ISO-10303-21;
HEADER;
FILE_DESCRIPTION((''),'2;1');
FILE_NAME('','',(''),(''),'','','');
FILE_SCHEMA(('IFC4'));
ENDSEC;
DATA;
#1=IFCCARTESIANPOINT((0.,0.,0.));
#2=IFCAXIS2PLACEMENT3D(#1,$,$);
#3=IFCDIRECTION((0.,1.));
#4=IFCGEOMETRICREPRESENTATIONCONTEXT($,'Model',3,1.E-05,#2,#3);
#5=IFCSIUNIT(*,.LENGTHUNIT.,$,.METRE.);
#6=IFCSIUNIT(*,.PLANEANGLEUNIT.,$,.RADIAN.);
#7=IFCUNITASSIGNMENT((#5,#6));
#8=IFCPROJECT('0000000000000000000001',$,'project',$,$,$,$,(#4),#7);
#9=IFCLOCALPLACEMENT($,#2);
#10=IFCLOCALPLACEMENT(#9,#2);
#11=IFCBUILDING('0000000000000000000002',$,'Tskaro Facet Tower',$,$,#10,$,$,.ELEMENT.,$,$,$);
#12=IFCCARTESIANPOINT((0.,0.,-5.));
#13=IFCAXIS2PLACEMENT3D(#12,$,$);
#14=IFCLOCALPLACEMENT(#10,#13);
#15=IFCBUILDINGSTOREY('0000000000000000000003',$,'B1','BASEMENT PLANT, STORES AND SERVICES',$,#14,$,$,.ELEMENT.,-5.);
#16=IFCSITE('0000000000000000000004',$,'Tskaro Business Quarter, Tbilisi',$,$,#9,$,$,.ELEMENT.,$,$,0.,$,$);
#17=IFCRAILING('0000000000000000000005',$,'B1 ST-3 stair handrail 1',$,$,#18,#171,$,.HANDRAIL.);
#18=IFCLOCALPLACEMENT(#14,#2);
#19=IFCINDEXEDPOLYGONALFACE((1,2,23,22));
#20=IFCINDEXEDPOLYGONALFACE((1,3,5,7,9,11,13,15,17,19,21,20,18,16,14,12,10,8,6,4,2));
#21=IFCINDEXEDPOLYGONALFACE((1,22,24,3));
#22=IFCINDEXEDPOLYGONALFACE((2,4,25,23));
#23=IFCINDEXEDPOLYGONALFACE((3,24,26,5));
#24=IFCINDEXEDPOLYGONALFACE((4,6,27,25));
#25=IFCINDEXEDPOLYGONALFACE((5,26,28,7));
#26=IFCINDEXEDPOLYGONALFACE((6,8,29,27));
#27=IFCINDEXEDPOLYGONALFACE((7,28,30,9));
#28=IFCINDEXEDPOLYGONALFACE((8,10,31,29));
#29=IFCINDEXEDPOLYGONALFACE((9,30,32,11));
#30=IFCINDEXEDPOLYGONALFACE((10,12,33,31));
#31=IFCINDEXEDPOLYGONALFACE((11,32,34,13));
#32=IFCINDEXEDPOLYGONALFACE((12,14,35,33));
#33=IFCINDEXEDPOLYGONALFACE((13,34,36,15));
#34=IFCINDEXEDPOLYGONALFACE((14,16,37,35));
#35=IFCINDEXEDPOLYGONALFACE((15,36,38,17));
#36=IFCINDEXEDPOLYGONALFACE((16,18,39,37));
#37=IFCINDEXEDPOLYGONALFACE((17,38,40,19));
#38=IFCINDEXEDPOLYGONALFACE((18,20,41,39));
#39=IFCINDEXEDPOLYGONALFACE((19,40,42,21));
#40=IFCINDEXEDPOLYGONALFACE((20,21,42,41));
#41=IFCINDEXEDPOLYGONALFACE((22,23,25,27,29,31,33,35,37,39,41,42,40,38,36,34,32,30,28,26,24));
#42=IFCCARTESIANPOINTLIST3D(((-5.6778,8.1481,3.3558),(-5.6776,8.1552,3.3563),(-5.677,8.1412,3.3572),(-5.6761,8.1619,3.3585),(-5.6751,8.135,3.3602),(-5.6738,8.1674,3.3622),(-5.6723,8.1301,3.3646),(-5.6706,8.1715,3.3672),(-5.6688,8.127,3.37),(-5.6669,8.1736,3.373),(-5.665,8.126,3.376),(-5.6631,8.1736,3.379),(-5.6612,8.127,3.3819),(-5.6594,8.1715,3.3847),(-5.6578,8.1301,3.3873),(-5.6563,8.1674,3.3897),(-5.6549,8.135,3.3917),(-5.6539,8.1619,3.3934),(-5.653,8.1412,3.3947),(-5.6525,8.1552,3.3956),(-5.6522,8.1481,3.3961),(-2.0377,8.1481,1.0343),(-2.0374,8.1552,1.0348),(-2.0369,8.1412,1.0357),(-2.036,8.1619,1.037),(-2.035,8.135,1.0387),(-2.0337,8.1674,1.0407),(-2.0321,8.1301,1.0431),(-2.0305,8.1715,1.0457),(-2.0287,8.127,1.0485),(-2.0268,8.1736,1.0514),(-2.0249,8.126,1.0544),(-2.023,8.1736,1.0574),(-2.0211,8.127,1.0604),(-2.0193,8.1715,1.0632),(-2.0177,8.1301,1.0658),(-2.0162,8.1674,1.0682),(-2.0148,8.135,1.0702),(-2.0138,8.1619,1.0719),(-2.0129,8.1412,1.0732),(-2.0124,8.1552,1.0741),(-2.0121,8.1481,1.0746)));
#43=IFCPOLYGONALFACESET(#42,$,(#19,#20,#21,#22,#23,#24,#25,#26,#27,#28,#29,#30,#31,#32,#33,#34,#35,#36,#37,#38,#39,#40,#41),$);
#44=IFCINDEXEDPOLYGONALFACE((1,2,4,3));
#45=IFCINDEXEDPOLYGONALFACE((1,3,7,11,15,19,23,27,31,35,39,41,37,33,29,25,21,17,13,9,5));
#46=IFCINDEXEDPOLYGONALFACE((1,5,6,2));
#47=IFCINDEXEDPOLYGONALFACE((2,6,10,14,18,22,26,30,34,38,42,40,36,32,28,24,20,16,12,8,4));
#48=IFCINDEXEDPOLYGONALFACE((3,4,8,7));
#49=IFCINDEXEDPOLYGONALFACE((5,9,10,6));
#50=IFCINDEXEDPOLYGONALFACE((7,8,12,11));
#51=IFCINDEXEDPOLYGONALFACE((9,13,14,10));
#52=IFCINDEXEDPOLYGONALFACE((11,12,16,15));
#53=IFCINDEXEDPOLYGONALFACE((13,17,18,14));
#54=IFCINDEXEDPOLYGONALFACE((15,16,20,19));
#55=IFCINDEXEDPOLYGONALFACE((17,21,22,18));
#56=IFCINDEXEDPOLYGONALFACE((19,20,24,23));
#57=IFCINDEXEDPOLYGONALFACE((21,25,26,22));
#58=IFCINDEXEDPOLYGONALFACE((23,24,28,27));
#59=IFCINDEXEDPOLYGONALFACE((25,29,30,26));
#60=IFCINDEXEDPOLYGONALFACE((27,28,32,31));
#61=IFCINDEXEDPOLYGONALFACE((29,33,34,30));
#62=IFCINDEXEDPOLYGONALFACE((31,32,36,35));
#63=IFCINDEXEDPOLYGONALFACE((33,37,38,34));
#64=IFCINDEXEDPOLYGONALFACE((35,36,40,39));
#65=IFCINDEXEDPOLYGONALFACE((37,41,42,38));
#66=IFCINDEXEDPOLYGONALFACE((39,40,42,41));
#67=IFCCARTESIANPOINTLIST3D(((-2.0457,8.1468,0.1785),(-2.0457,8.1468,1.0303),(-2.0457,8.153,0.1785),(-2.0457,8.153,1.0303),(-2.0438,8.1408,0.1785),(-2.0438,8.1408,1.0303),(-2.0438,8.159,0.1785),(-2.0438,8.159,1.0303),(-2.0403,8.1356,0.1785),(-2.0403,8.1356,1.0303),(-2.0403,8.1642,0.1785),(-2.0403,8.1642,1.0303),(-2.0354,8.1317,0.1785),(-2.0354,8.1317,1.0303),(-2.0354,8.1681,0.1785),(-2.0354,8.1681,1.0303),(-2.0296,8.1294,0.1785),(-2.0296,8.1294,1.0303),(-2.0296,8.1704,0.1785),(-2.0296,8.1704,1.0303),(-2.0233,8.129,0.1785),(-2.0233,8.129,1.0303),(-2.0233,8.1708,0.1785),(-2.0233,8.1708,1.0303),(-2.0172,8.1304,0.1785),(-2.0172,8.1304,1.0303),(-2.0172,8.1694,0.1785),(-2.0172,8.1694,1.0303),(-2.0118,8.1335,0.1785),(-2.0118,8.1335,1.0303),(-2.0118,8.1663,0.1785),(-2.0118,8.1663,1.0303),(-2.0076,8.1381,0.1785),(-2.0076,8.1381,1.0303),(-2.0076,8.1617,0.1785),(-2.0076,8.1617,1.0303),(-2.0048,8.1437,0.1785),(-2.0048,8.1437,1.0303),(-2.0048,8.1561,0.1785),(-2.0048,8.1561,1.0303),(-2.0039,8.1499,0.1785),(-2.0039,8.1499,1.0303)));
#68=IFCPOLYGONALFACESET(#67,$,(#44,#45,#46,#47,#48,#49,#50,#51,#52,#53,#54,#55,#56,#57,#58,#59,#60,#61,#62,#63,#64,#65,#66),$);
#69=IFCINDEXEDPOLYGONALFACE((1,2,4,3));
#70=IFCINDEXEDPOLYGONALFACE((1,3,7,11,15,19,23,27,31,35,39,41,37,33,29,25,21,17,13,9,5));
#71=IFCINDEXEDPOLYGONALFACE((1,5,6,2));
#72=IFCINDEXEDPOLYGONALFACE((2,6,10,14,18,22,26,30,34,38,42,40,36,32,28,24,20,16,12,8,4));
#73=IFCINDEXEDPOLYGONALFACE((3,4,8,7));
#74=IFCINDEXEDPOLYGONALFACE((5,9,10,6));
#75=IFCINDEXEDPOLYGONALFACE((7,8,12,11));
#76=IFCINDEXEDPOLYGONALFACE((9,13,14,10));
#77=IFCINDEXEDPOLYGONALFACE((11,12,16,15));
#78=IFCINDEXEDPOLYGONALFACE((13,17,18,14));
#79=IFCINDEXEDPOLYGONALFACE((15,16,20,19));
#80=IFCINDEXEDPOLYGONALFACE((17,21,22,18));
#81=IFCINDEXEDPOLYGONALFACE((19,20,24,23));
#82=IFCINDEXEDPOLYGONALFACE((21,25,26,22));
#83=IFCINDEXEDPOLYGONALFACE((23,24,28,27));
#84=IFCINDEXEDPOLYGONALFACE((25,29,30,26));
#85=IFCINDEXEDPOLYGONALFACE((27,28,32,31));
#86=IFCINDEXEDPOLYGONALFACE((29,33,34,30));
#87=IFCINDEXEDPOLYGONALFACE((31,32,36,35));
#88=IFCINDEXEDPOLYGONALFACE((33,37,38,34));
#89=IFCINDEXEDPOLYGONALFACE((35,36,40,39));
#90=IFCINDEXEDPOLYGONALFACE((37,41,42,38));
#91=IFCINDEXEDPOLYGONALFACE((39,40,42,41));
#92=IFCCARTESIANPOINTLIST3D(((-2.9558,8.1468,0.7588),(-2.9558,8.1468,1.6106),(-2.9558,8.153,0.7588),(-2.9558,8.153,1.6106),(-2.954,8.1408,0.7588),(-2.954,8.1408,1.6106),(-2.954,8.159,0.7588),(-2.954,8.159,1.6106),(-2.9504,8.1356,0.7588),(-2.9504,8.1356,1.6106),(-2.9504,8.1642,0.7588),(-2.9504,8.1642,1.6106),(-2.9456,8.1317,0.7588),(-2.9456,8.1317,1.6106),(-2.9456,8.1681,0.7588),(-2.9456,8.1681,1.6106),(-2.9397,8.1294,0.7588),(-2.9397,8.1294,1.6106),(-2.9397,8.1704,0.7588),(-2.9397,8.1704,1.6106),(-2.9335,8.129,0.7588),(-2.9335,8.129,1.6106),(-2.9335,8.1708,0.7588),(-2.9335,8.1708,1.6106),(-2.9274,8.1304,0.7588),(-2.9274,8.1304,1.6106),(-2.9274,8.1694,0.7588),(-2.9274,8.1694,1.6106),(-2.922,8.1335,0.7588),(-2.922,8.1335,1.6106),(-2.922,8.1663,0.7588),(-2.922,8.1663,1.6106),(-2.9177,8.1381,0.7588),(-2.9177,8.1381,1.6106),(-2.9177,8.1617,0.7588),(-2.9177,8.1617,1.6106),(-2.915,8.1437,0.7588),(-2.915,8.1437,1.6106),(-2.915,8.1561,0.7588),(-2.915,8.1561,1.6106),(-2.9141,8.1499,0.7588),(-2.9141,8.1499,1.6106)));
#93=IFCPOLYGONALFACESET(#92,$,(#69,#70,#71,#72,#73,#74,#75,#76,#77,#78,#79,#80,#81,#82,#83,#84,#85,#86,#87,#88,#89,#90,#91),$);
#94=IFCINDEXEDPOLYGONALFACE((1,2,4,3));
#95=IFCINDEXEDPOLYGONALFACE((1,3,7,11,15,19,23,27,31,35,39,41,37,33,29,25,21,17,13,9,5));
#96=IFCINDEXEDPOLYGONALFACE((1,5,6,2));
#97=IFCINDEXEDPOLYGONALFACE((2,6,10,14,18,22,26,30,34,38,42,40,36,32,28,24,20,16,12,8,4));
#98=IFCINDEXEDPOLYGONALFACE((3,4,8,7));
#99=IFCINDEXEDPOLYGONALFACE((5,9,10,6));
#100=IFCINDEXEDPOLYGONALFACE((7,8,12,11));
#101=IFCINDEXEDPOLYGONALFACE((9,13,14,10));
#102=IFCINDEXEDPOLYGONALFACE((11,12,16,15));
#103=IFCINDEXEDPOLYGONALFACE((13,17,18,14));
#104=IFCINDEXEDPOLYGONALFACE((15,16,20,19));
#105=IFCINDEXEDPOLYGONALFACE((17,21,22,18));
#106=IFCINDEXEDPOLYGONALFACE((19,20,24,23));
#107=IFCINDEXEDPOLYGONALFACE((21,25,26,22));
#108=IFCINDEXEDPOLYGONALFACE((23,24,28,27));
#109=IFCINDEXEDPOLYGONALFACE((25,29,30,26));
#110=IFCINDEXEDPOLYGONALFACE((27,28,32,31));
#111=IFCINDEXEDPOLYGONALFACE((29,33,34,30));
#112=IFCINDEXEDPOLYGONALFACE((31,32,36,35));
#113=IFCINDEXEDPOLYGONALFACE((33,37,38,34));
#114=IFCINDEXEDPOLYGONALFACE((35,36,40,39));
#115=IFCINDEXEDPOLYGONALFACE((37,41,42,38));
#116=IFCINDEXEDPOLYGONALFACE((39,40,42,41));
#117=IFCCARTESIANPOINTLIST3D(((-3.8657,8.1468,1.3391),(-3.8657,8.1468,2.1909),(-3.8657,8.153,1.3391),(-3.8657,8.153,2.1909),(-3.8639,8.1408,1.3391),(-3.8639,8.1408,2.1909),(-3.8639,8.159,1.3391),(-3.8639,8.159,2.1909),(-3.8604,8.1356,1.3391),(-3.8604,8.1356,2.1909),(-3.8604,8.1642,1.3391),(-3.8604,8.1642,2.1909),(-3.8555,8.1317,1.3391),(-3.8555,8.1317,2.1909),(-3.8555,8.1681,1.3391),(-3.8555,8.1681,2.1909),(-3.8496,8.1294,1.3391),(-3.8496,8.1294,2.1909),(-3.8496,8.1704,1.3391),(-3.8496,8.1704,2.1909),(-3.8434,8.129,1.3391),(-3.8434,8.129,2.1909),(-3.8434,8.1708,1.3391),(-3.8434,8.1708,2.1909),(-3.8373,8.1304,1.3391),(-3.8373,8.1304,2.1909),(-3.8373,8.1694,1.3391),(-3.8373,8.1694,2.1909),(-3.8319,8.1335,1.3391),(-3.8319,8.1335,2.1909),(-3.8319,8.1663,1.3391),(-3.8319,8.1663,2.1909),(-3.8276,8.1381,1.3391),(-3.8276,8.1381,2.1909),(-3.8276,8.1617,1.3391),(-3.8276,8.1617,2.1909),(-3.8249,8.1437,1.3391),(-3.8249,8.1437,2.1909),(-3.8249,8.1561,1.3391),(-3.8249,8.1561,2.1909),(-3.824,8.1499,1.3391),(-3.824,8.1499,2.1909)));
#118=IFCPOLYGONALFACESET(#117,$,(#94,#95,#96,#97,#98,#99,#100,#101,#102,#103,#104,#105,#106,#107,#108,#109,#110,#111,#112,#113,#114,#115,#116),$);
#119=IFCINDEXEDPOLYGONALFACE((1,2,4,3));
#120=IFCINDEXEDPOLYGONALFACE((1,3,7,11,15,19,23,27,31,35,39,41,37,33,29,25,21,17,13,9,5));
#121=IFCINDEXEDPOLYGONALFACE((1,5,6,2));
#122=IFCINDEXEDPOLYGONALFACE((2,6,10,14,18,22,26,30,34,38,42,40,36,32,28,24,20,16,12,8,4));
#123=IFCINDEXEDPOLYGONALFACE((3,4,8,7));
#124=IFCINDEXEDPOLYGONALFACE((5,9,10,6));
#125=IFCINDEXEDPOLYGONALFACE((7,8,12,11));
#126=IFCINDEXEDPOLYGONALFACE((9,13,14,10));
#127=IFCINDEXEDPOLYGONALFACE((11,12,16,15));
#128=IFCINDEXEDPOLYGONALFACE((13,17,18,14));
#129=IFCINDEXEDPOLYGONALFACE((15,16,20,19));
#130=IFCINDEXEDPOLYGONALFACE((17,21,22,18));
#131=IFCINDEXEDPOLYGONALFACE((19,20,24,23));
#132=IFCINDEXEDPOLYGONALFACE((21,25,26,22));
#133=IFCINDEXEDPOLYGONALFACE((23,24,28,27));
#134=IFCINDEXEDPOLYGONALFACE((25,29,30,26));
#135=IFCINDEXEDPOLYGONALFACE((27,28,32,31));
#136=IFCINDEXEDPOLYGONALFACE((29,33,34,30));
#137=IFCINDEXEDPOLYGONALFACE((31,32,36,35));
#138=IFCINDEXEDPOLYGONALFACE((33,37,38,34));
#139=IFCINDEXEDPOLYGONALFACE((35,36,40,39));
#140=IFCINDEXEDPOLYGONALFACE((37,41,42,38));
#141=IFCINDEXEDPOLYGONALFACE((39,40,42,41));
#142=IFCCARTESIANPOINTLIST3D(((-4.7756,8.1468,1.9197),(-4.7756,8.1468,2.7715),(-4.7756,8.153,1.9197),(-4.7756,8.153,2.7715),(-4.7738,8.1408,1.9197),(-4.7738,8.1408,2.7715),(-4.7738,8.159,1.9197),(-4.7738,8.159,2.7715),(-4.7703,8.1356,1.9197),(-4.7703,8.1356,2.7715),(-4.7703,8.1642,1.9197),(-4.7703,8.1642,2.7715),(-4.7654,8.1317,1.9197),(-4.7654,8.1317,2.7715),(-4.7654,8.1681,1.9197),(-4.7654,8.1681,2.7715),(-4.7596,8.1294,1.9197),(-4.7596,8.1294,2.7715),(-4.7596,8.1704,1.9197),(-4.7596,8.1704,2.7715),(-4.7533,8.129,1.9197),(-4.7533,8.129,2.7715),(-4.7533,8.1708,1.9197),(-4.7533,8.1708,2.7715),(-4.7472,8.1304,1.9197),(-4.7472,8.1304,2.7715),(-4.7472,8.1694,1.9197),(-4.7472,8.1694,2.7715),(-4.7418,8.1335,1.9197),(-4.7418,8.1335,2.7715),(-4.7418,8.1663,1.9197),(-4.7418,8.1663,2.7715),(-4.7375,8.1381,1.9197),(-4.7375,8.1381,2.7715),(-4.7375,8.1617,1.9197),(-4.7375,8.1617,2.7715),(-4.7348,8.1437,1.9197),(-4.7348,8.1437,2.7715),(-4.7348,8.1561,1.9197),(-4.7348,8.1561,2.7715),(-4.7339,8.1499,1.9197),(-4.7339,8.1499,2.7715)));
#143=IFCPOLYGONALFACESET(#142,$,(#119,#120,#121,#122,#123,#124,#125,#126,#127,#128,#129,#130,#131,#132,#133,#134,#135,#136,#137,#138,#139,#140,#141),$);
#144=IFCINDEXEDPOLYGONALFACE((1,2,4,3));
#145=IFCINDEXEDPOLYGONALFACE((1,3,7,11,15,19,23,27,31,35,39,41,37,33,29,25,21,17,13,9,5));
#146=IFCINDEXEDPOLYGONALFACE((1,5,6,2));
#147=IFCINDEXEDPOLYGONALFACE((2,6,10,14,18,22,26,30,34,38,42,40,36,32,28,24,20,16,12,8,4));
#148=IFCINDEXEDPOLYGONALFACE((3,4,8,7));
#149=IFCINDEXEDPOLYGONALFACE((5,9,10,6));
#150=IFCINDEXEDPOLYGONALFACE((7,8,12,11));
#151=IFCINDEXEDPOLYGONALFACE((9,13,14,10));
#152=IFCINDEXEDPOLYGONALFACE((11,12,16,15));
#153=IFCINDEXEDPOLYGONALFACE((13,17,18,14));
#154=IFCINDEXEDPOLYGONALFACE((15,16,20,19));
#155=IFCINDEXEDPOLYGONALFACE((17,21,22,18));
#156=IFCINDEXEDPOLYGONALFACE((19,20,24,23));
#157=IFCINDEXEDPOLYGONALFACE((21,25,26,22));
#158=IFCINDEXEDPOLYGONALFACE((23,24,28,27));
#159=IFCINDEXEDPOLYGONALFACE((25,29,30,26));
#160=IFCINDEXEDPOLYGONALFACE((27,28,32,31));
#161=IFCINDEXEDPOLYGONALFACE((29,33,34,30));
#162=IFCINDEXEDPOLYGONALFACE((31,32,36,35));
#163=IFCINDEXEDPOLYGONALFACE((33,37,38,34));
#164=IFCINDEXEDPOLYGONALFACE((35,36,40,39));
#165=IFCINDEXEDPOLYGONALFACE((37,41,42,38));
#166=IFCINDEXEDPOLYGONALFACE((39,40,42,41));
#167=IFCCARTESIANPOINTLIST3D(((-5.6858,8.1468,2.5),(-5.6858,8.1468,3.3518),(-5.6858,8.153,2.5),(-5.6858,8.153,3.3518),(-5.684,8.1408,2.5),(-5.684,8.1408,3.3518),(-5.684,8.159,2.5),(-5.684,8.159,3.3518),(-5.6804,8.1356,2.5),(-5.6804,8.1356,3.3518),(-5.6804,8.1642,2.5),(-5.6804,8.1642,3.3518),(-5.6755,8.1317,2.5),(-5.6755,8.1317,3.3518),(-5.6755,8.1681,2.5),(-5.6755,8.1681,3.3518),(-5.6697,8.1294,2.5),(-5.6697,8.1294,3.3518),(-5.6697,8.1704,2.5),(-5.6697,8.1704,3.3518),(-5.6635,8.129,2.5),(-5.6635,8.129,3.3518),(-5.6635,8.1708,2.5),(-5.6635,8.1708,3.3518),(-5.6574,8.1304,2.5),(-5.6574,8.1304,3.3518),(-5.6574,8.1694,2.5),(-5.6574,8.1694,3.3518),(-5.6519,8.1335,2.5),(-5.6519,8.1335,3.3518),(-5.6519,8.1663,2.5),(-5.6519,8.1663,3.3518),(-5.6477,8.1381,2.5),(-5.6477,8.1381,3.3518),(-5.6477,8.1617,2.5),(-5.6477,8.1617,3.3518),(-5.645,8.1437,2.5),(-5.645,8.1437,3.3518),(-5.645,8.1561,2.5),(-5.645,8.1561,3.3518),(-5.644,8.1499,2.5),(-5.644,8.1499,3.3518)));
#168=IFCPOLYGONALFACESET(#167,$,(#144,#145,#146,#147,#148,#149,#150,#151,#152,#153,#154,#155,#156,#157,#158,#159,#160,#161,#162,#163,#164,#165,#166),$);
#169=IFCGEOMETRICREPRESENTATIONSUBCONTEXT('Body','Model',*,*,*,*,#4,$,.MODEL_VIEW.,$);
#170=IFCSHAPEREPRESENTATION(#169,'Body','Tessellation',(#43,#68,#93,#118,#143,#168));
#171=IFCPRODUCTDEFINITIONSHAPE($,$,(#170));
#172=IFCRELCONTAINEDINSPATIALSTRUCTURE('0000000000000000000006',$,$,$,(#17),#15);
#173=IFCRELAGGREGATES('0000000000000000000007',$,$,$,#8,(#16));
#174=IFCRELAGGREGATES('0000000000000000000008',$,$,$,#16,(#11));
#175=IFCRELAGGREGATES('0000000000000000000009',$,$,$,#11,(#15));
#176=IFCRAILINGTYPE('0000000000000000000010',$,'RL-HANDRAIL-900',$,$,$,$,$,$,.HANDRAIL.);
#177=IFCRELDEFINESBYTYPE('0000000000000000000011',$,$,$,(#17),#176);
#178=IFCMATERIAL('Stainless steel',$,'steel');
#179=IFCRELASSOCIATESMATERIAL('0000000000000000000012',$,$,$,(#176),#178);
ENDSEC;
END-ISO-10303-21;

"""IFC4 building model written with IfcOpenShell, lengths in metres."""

from ifc_helpers import new_model, si_unit, direction, frame, origin, origin_2d, place, context, subcontext, project, spatial, circle, extrude, material, type_object, element, save


model = new_model("IFC4")

# Units and contexts
model_context = context("Model", 3, precision=1e-05, world=origin(), true_north=direction((0.0, 1.0)))
body_context = subcontext(model_context, "Body", "Model", "MODEL_VIEW")
ifc_project = project(units=[si_unit("LENGTHUNIT", "METRE"), si_unit("PLANEANGLEUNIT", "RADIAN")], contexts=[model_context])

# Site, building, storey
site_placement = place(None, origin())
site = spatial("IfcSite", under=ifc_project, at=site_placement, Name="Tskaro Business Quarter, Tbilisi", CompositionType="ELEMENT", RefElevation=0.0)
building_placement = place(site_placement, origin())
building = spatial("IfcBuilding", under=site, at=building_placement, Name="Tskaro Facet Tower", CompositionType="ELEMENT")
storey_placement = place(building_placement, frame((0.0, 0.0, -5.0)))
storey = spatial("IfcBuildingStorey", under=building, at=storey_placement, Name="B1", Description="BASEMENT PLANT, STORES AND SERVICES", CompositionType="ELEMENT", Elevation=-5.0)

# Railing
ifc_material_1 = material(Name="Stainless steel", Category="steel")
railing_type_1 = type_object("IfcRailingType", Name="RL-HANDRAIL-900", PredefinedType="HANDRAIL", material=ifc_material_1)
railing_1_placement = place(storey_placement, frame((-2.0249, 8.1499, 0.1785)))
element("IfcRailing", 1, at=railing_1_placement, inside=storey, type_object=railing_type_1, Name="B1 ST-3 stair handrail 1", PredefinedType="HANDRAIL", context=body_context, shape_type="SweptSolid", body=[
    extrude(circle(Radius=0.0239, at=origin_2d()), frame((0.0, 0.0, 0.876), z_axis=(-0.843128, 0.0, 0.537713), x_axis=(0.0, -1.0, 0.0)), (0.0, 0.0, 1.0), 4.3174),
    extrude(circle(Radius=0.021, at=origin_2d()), origin(), (0.0, 0.0, 1.0), 0.8518),
    extrude(circle(Radius=0.021, at=origin_2d()), frame((-0.9102, 0.0, 0.5803)), (0.0, 0.0, 1.0), 0.8518),
    extrude(circle(Radius=0.021, at=origin_2d()), frame((-1.8201, 0.0, 1.1606)), (0.0, 0.0, 1.0), 0.8518),
    extrude(circle(Radius=0.021, at=origin_2d()), frame((-2.73, 0.0, 1.7412)), (0.0, 0.0, 1.0), 0.8518),
    extrude(circle(Radius=0.021, at=origin_2d()), frame((-3.6401, 0.0, 2.3215)), (0.0, 0.0, 1.0), 0.8518),
])

save(model, "model.ifc")
